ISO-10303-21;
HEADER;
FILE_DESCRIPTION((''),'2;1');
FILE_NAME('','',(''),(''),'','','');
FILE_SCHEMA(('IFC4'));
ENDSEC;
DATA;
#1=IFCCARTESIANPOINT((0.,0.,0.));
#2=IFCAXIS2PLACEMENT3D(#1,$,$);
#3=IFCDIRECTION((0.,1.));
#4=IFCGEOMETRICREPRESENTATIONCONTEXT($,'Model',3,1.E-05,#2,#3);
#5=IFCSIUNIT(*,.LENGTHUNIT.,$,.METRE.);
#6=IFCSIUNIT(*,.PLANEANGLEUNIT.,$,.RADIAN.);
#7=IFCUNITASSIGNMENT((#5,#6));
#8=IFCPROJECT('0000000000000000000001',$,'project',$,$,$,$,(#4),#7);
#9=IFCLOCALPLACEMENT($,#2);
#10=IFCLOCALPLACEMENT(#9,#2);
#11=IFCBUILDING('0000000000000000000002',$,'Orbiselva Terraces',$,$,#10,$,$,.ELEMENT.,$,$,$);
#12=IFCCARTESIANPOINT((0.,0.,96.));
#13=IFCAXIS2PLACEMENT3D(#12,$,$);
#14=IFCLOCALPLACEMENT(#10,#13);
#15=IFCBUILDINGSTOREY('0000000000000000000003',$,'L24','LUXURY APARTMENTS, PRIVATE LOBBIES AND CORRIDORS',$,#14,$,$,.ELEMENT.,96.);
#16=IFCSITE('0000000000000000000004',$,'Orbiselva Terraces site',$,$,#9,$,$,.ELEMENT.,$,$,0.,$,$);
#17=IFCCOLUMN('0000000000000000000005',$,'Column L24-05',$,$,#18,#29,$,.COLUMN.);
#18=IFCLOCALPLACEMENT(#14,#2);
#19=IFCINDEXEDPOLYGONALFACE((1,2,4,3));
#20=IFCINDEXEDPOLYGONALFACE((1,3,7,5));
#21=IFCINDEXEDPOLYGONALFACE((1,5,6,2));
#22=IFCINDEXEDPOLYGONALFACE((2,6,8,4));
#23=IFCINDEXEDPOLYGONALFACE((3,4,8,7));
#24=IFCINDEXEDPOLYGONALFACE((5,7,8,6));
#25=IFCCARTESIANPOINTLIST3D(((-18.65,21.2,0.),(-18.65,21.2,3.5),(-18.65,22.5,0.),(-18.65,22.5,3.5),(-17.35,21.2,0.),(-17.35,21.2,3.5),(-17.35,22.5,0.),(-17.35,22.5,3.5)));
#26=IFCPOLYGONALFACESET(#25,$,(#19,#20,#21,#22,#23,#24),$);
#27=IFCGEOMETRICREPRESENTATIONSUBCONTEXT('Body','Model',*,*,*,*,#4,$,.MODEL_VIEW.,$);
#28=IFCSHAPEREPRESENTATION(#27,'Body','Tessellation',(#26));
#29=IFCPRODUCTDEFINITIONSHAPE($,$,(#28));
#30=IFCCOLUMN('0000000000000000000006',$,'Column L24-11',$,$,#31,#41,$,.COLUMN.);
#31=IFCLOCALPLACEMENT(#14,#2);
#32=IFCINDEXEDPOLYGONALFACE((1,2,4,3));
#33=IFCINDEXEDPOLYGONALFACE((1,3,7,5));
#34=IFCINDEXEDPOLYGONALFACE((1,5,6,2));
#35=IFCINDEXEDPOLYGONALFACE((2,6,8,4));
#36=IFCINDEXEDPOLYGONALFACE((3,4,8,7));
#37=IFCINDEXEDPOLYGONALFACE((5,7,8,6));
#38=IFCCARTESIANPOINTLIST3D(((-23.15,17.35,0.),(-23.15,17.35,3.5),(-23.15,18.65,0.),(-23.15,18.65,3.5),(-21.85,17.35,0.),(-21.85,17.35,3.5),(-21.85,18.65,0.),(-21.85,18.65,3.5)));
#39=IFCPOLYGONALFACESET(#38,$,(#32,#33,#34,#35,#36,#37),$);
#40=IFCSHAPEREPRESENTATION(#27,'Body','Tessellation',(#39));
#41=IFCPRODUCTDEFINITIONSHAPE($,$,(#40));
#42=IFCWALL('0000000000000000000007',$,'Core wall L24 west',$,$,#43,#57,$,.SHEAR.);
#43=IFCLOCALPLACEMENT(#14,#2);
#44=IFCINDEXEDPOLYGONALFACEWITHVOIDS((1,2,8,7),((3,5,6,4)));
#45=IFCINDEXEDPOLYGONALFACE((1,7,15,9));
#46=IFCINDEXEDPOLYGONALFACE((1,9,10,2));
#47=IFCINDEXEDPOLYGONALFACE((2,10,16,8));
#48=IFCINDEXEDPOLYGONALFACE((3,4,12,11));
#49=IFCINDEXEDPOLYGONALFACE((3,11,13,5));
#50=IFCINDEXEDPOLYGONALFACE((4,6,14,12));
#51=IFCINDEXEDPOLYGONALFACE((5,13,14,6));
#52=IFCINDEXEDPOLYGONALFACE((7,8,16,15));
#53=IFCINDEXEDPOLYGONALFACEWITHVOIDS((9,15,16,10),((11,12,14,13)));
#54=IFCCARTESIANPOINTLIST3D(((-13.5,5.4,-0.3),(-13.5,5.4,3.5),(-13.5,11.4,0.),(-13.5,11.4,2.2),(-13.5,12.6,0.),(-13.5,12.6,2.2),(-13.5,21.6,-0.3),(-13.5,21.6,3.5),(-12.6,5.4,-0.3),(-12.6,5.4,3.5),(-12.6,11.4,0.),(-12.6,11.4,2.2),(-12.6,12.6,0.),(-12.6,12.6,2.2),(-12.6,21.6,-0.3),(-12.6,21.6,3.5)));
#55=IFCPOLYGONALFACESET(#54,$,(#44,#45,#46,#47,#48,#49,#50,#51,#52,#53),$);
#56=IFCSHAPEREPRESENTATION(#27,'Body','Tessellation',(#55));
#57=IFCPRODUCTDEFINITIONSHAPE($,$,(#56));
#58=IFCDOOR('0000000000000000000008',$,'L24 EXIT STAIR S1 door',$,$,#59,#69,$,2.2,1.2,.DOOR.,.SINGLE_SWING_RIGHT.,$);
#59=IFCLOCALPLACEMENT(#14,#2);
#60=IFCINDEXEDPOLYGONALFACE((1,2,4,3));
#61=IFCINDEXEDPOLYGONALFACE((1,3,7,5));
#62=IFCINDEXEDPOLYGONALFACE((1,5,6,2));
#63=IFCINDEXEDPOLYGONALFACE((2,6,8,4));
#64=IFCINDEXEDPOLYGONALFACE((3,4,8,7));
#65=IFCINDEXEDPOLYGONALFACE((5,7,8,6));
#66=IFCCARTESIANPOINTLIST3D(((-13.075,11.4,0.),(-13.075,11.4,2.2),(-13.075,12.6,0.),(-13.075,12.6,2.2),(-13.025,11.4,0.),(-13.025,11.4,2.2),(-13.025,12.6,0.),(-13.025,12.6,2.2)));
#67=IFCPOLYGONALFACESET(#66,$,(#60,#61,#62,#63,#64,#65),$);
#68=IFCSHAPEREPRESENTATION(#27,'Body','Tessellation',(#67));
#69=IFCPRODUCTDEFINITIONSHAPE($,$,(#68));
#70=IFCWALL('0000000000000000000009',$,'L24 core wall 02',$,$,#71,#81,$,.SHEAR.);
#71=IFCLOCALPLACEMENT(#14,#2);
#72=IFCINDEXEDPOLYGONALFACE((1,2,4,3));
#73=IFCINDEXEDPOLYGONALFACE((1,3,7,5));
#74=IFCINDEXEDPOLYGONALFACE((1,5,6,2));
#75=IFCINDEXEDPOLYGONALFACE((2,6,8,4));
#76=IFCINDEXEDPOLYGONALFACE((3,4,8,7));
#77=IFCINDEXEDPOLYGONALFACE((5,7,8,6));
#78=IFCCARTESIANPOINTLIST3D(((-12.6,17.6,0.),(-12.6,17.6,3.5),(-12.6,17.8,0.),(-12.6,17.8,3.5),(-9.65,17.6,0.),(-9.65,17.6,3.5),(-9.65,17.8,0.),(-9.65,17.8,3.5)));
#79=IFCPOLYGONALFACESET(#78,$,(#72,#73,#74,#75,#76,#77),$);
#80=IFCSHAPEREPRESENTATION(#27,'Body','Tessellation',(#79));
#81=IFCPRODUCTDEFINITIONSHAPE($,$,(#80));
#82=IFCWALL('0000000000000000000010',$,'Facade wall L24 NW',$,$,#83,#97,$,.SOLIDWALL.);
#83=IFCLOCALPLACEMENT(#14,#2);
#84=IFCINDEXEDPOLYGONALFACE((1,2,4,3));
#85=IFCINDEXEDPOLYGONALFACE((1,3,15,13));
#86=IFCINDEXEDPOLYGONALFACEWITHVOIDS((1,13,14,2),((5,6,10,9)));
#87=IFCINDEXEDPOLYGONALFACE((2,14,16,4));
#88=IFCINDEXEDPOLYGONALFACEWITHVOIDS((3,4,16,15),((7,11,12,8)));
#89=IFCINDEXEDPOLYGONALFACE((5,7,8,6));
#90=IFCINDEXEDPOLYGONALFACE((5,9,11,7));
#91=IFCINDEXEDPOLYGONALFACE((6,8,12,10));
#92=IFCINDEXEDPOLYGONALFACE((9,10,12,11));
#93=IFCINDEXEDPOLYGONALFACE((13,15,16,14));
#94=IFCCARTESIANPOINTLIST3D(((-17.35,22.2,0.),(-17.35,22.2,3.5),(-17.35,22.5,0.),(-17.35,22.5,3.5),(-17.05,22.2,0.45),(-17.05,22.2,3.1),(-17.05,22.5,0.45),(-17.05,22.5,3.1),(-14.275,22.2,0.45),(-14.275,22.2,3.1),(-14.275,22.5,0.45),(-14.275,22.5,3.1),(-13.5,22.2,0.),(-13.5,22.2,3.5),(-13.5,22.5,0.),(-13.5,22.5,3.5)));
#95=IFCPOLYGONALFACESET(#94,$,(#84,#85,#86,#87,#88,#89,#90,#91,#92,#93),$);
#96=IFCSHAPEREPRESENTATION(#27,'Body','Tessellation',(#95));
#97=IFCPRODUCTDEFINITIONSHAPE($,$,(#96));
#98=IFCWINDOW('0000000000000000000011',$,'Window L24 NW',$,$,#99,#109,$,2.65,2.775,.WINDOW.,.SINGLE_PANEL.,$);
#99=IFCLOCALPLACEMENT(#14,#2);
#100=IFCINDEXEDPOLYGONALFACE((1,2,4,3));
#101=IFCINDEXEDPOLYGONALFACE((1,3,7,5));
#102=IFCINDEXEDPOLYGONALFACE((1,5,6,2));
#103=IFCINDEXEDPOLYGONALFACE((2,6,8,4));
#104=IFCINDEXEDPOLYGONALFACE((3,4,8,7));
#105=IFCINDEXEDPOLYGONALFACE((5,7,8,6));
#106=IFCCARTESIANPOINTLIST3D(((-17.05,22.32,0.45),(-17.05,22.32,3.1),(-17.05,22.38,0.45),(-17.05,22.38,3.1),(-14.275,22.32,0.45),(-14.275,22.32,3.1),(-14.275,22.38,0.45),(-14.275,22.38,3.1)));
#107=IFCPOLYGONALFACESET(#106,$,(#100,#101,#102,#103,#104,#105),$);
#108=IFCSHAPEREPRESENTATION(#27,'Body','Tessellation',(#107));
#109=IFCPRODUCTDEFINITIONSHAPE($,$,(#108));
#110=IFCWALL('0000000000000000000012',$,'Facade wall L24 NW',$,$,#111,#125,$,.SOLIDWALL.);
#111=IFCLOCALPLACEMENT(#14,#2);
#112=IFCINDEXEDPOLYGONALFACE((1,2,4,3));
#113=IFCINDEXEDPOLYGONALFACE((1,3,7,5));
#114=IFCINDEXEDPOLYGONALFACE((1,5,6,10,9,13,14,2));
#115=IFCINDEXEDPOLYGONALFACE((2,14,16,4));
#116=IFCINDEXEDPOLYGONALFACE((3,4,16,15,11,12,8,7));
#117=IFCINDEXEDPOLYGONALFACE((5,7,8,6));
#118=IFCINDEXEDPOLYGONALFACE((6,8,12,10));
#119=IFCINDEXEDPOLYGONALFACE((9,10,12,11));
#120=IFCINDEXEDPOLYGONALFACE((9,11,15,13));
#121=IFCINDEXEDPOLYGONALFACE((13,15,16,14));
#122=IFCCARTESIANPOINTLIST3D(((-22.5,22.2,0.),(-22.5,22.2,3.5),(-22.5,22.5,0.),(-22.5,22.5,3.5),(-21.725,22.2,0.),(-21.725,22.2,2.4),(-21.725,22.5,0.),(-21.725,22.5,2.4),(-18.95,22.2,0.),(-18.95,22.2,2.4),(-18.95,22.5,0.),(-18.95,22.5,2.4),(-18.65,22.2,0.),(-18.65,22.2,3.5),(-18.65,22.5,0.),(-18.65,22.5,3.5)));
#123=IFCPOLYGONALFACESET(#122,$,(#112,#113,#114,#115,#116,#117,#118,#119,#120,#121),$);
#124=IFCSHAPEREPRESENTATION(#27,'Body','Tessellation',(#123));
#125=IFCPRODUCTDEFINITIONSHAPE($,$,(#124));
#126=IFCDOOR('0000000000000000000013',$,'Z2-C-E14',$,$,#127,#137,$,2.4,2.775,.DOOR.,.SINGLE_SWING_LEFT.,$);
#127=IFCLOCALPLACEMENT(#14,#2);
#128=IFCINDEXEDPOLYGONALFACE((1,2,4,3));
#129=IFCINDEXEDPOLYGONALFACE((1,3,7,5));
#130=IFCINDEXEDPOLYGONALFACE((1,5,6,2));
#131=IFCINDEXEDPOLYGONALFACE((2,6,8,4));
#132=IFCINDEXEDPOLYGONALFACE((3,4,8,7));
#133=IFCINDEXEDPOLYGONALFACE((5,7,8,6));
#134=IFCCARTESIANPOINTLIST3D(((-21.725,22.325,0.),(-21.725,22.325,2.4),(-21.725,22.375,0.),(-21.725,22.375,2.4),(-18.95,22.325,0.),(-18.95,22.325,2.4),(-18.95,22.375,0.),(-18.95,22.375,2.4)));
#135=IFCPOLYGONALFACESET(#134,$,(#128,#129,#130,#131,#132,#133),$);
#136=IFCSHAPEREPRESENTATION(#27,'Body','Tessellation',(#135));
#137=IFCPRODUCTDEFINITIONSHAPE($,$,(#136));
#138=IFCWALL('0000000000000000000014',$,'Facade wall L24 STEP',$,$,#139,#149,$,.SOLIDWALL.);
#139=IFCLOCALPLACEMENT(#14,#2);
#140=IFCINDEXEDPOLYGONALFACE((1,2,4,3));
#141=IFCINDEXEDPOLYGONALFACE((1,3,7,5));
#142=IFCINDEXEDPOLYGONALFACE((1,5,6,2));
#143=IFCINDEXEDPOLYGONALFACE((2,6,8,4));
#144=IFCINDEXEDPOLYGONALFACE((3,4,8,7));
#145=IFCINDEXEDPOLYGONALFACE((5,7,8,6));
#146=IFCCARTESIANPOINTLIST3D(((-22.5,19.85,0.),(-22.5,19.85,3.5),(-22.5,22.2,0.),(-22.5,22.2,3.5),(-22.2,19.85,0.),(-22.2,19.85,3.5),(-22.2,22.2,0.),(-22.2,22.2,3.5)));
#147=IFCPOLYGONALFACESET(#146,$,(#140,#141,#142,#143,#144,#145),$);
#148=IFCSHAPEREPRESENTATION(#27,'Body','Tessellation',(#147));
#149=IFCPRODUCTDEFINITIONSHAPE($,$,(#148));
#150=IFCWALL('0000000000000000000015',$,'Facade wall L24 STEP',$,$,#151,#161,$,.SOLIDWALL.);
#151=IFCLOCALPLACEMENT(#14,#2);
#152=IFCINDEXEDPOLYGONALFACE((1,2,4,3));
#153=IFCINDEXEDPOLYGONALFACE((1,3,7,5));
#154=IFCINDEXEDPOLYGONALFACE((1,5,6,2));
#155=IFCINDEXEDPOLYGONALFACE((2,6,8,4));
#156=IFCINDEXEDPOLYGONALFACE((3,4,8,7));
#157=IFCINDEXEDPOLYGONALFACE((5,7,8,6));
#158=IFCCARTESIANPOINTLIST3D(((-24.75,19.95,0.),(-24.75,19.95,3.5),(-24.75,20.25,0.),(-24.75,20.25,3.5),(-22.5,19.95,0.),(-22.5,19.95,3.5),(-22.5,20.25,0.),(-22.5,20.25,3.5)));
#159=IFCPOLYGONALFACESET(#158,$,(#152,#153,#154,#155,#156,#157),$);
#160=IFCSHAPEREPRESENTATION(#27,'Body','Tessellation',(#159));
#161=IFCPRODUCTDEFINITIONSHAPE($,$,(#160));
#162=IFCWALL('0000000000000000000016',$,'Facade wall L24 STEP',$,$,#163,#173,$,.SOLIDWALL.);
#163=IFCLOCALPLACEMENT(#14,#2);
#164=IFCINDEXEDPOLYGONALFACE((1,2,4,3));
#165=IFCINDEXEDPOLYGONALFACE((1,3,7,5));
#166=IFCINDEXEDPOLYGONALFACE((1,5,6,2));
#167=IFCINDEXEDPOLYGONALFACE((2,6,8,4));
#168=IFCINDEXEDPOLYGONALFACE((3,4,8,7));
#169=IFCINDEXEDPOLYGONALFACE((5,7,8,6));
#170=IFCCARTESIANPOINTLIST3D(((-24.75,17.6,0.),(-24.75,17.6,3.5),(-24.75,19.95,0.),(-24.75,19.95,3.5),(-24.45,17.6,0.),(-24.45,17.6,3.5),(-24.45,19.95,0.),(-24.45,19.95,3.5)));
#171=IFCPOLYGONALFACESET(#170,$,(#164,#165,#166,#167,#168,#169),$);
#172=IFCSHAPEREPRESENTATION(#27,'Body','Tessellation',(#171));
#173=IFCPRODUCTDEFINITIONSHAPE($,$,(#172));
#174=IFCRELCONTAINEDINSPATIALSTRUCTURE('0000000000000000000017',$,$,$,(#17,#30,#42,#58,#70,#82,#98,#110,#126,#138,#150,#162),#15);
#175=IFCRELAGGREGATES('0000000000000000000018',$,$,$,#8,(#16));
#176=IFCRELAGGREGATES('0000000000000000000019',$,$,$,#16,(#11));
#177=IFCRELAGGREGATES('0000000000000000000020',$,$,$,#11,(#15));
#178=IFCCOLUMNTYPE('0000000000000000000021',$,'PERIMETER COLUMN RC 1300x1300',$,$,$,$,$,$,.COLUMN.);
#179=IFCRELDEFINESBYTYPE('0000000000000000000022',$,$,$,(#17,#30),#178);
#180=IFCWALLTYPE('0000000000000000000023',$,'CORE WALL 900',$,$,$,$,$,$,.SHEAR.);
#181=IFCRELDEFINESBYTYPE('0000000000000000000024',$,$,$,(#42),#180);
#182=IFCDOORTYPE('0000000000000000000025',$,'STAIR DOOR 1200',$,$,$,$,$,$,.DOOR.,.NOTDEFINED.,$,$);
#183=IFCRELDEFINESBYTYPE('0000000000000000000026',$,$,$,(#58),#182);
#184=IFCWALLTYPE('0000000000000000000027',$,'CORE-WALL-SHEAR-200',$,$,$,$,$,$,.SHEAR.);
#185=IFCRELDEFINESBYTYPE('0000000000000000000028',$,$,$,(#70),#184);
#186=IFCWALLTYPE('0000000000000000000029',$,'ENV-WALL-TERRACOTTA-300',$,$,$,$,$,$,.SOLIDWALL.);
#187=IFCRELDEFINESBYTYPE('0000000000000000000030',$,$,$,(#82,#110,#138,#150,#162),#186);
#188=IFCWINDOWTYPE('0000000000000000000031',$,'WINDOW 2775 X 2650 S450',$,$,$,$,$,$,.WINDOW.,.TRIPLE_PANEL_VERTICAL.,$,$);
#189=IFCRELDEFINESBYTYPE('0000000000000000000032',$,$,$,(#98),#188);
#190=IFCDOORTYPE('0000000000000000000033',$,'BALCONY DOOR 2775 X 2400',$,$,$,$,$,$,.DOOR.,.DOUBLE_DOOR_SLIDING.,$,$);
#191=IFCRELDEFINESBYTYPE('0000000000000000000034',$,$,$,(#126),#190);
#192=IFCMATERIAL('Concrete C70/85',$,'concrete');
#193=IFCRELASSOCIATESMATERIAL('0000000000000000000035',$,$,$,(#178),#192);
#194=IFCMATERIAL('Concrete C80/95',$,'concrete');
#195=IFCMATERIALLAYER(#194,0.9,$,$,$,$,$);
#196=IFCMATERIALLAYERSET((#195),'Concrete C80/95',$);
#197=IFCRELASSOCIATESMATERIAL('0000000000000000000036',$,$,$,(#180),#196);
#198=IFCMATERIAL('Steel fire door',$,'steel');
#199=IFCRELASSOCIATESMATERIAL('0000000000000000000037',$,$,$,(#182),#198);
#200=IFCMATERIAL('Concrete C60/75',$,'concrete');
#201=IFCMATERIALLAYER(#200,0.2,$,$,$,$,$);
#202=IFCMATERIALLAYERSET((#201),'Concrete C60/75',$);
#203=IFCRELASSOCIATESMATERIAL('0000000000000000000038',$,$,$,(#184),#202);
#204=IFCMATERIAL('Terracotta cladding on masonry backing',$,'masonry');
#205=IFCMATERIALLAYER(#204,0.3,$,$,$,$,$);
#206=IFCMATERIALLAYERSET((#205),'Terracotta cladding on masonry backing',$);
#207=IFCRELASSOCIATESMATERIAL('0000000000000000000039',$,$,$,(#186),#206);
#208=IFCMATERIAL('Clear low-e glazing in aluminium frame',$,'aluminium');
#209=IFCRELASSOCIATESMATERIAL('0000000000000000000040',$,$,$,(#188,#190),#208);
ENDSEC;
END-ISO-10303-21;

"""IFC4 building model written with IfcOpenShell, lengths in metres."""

from ifc_helpers import new_model, si_unit, direction, frame, frame_2d, origin, origin_2d, place, context, subcontext, project, spatial, rectangle, extrude, material, layer, layer_set, material_profile, profile_set, type_object, element, fill, save


model = new_model("IFC4")

# Units and contexts
model_context = context("Model", 3, precision=1e-05, world=origin(), true_north=direction((0.0, 1.0)))
body_context = subcontext(model_context, "Body", "Model", "MODEL_VIEW")
ifc_project = project(units=[si_unit("LENGTHUNIT", "METRE"), si_unit("PLANEANGLEUNIT", "RADIAN")], contexts=[model_context])

# Site, building, storey
site_placement = place(None, origin())
site = spatial("IfcSite", under=ifc_project, at=site_placement, Name="Orbiselva Terraces site", CompositionType="ELEMENT", RefElevation=0.0)
building_placement = place(site_placement, origin())
building = spatial("IfcBuilding", under=site, at=building_placement, Name="Orbiselva Terraces", CompositionType="ELEMENT")
storey_placement = place(building_placement, frame((0.0, 0.0, 96.0)))
storey = spatial("IfcBuildingStorey", under=building, at=storey_placement, Name="L24", Description="LUXURY APARTMENTS, PRIVATE LOBBIES AND CORRIDORS", CompositionType="ELEMENT", Elevation=96.0)

# Columns
ifc_material_1 = material(Name="Concrete C70/85", Category="concrete")
ifc_material_profile = material_profile(ifc_material_1, rectangle(XDim=1.3, YDim=1.3, at=origin_2d()), Name="RC 1300x1300")
ifc_profile_set = profile_set([ifc_material_profile], Name="Concrete C70/85")
column_type = type_object("IfcColumnType", Name="PERIMETER COLUMN RC 1300x1300", PredefinedType="COLUMN", material=ifc_profile_set)
for number, where, z_axis, x_axis, name in (
    (1, (-18.0, 21.85, 0.0), (0.0, 0.0, 1.0), (1.0, 0.0, 0.0), "Column L24-05"),
    (2, (-22.5, 18.0, 0.0), (0.0, 0.0, 1.0), (1.0, 0.0, 0.0), "Column L24-11"),
):
    element("IfcColumn", number, at=place(storey_placement, frame(where, z_axis=z_axis, x_axis=x_axis)), inside=storey, type_object=column_type, Name=name, PredefinedType="COLUMN", context=body_context, shape_type="SweptSolid", body=[
        extrude(rectangle(XDim=1.3, YDim=1.3, at=origin_2d()), origin(), (0.0, 0.0, 1.0), 3.5),
    ])

# Wall, opening, door
ifc_material_2 = material(Name="Concrete C80/95", Category="concrete")
ifc_layer_1 = layer(ifc_material_2, 0.9)
ifc_layer_set_1 = layer_set([ifc_layer_1], Name="Concrete C80/95")
wall_type_1 = type_object("IfcWallType", Name="CORE WALL 900", PredefinedType="SHEAR", material=ifc_layer_set_1)
wall_1_placement = place(storey_placement, frame((-13.05, 21.6, -0.3), z_axis=(0.0, 0.0, 1.0), x_axis=(0.0, -1.0, 0.0)))
wall_1 = element("IfcWall", 3, at=wall_1_placement, inside=storey, type_object=wall_type_1, Name="Core wall L24 west", PredefinedType="SHEAR", context=body_context, shape_type="SweptSolid", body=[
    extrude(rectangle(XDim=16.2, YDim=0.9, at=frame_2d((8.1, 0.0))), origin(), (0.0, 0.0, 1.0), 3.8),
])
opening_1_placement = place(wall_1_placement, frame((9.0, 0.0, 0.3)))
opening_1 = element("IfcOpeningElement", 4, at=opening_1_placement, cuts=wall_1, PredefinedType="OPENING", context=body_context, shape_type="SweptSolid", body=[
    extrude(rectangle(XDim=1.2, YDim=2.2, at=frame_2d((0.6, 1.1))), frame((0.0, 0.46, 0.0), z_axis=(0.0, -1.0, 0.0), x_axis=(1.0, 0.0, 0.0)), (0.0, 0.0, 1.0), 0.92),
])
ifc_material_3 = material(Name="Steel fire door", Category="steel")
door_type_1 = type_object("IfcDoorType", Name="STAIR DOOR 1200", OperationType="NOTDEFINED", PredefinedType="DOOR", material=ifc_material_3)
door_1_placement = place(opening_1_placement, frame((1.2, 0.0, 0.0), z_axis=(0.0, 0.0, 1.0), x_axis=(-1.0, 0.0, 0.0)))
door_1 = element("IfcDoor", 5, at=door_1_placement, inside=storey, type_object=door_type_1, Name="L24 EXIT STAIR S1 door", OperationType="SINGLE_SWING_RIGHT", OverallHeight=2.2, OverallWidth=1.2, PredefinedType="DOOR", context=body_context, shape_type="SweptSolid", body=[
    extrude(rectangle(XDim=1.2, YDim=2.2, at=frame_2d((0.6, 1.1))), frame((0.0, 0.025, 0.0), z_axis=(0.0, -1.0, 0.0), x_axis=(1.0, 0.0, 0.0)), (0.0, 0.0, 1.0), 0.05),
])
fill(opening_1, door_1)

# Wall
ifc_material_4 = material(Name="Concrete C60/75", Category="concrete")
ifc_layer_2 = layer(ifc_material_4, 0.2)
ifc_layer_set_2 = layer_set([ifc_layer_2], Name="Concrete C60/75")
wall_type_2 = type_object("IfcWallType", Name="CORE-WALL-SHEAR-200", PredefinedType="SHEAR", material=ifc_layer_set_2)
wall_2_placement = place(storey_placement, frame((-12.6, 17.7, 0.0), z_axis=(0.0, 0.0, 1.0), x_axis=(1.0, 0.0, 0.0)))
element("IfcWall", 6, at=wall_2_placement, inside=storey, type_object=wall_type_2, Name="L24 core wall 02", PredefinedType="SHEAR", context=body_context, shape_type="SweptSolid", body=[
    extrude(rectangle(XDim=2.95, YDim=0.2, at=frame_2d((1.475, 0.0))), origin(), (0.0, 0.0, 1.0), 3.5),
])

# Wall, opening, window
ifc_material_5 = material(Name="Terracotta cladding on masonry backing", Category="masonry")
ifc_layer_3 = layer(ifc_material_5, 0.3)
ifc_layer_set_3 = layer_set([ifc_layer_3], Name="Terracotta cladding on masonry backing")
wall_type_3 = type_object("IfcWallType", Name="ENV-WALL-TERRACOTTA-300", PredefinedType="SOLIDWALL", material=ifc_layer_set_3)
wall_3_placement = place(storey_placement, frame((-17.35, 22.35, 0.0), z_axis=(0.0, 0.0, 1.0), x_axis=(1.0, 0.0, 0.0)))
wall_3 = element("IfcWall", 7, at=wall_3_placement, inside=storey, type_object=wall_type_3, Name="Facade wall L24 NW", PredefinedType="SOLIDWALL", context=body_context, shape_type="SweptSolid", body=[
    extrude(rectangle(XDim=3.85, YDim=0.3, at=frame_2d((1.925, 0.0))), origin(), (0.0, 0.0, 1.0), 3.5),
])
opening_2_placement = place(wall_3_placement, frame((0.3, 0.0, 0.45)))
opening_2 = element("IfcOpeningElement", 8, at=opening_2_placement, cuts=wall_3, PredefinedType="OPENING", context=body_context, shape_type="SweptSolid", body=[
    extrude(rectangle(XDim=2.775, YDim=2.65, at=frame_2d((1.3875, 1.325))), frame((0.0, 0.16, 0.0), z_axis=(0.0, -1.0, 0.0), x_axis=(1.0, 0.0, 0.0)), (0.0, 0.0, 1.0), 0.32),
])
ifc_material_6 = material(Name="Clear low-e glazing in aluminium frame", Category="aluminium")
window_type = type_object("IfcWindowType", Name="WINDOW 2775 X 2650 S450", PartitioningType="TRIPLE_PANEL_VERTICAL", PredefinedType="WINDOW", material=ifc_material_6)
window_placement = place(opening_2_placement, origin())
window = element("IfcWindow", 9, at=window_placement, inside=storey, type_object=window_type, Name="Window L24 NW", OverallHeight=2.65, OverallWidth=2.775, PartitioningType="SINGLE_PANEL", PredefinedType="WINDOW", context=body_context, shape_type="SweptSolid", body=[
    extrude(rectangle(XDim=2.775, YDim=2.65, at=frame_2d((1.3875, 1.325))), frame((0.0, 0.03, 0.0), z_axis=(0.0, -1.0, 0.0), x_axis=(1.0, 0.0, 0.0)), (0.0, 0.0, 1.0), 0.06),
])
fill(opening_2, window)

# Wall, opening, door
wall_4_placement = place(storey_placement, frame((-22.5, 22.35, 0.0), z_axis=(0.0, 0.0, 1.0), x_axis=(1.0, 0.0, 0.0)))
wall_4 = element("IfcWall", 10, at=wall_4_placement, inside=storey, type_object=wall_type_3, Name="Facade wall L24 NW", PredefinedType="SOLIDWALL", context=body_context, shape_type="SweptSolid", body=[
    extrude(rectangle(XDim=3.85, YDim=0.3, at=frame_2d((1.925, 0.0))), origin(), (0.0, 0.0, 1.0), 3.5),
])
opening_3_placement = place(wall_4_placement, frame((0.775, 0.0, 0.0)))
opening_3 = element("IfcOpeningElement", 11, at=opening_3_placement, cuts=wall_4, PredefinedType="OPENING", context=body_context, shape_type="SweptSolid", body=[
    extrude(rectangle(XDim=2.775, YDim=2.4, at=frame_2d((1.3875, 1.2))), frame((0.0, 0.16, 0.0), z_axis=(0.0, -1.0, 0.0), x_axis=(1.0, 0.0, 0.0)), (0.0, 0.0, 1.0), 0.32),
])
door_type_2 = type_object("IfcDoorType", Name="BALCONY DOOR 2775 X 2400", OperationType="DOUBLE_DOOR_SLIDING", PredefinedType="DOOR", material=ifc_material_6)
door_2_placement = place(opening_3_placement, origin())
door_2 = element("IfcDoor", 12, at=door_2_placement, inside=storey, type_object=door_type_2, Name="Z2-C-E14", OperationType="SINGLE_SWING_LEFT", OverallHeight=2.4, OverallWidth=2.775, PredefinedType="DOOR", context=body_context, shape_type="SweptSolid", body=[
    extrude(rectangle(XDim=2.775, YDim=2.4, at=frame_2d((1.3875, 1.2))), frame((0.0, 0.025, 0.0), z_axis=(0.0, -1.0, 0.0), x_axis=(1.0, 0.0, 0.0)), (0.0, 0.0, 1.0), 0.05),
])
fill(opening_3, door_2)

# Walls
wall_5_placement = place(storey_placement, frame((-22.35, 19.85, 0.0), z_axis=(0.0, 0.0, 1.0), x_axis=(0.0, 1.0, 0.0)))
element("IfcWall", 13, at=wall_5_placement, inside=storey, type_object=wall_type_3, Name="Facade wall L24 STEP", PredefinedType="SOLIDWALL", context=body_context, shape_type="SweptSolid", body=[
    extrude(rectangle(XDim=2.35, YDim=0.3, at=frame_2d((1.175, 0.0))), origin(), (0.0, 0.0, 1.0), 3.5),
])
wall_6_placement = place(storey_placement, frame((-24.75, 20.1, 0.0), z_axis=(0.0, 0.0, 1.0), x_axis=(1.0, 0.0, 0.0)))
element("IfcWall", 14, at=wall_6_placement, inside=storey, type_object=wall_type_3, Name="Facade wall L24 STEP", PredefinedType="SOLIDWALL", context=body_context, shape_type="SweptSolid", body=[
    extrude(rectangle(XDim=2.25, YDim=0.3, at=frame_2d((1.125, 0.0))), origin(), (0.0, 0.0, 1.0), 3.5),
])
wall_7_placement = place(storey_placement, frame((-24.6, 17.6, 0.0), z_axis=(0.0, 0.0, 1.0), x_axis=(0.0, 1.0, 0.0)))
element("IfcWall", 15, at=wall_7_placement, inside=storey, type_object=wall_type_3, Name="Facade wall L24 STEP", PredefinedType="SOLIDWALL", context=body_context, shape_type="SweptSolid", body=[
    extrude(rectangle(XDim=2.35, YDim=0.3, at=frame_2d((1.175, 0.0))), origin(), (0.0, 0.0, 1.0), 3.5),
])

save(model, "model.ifc")
